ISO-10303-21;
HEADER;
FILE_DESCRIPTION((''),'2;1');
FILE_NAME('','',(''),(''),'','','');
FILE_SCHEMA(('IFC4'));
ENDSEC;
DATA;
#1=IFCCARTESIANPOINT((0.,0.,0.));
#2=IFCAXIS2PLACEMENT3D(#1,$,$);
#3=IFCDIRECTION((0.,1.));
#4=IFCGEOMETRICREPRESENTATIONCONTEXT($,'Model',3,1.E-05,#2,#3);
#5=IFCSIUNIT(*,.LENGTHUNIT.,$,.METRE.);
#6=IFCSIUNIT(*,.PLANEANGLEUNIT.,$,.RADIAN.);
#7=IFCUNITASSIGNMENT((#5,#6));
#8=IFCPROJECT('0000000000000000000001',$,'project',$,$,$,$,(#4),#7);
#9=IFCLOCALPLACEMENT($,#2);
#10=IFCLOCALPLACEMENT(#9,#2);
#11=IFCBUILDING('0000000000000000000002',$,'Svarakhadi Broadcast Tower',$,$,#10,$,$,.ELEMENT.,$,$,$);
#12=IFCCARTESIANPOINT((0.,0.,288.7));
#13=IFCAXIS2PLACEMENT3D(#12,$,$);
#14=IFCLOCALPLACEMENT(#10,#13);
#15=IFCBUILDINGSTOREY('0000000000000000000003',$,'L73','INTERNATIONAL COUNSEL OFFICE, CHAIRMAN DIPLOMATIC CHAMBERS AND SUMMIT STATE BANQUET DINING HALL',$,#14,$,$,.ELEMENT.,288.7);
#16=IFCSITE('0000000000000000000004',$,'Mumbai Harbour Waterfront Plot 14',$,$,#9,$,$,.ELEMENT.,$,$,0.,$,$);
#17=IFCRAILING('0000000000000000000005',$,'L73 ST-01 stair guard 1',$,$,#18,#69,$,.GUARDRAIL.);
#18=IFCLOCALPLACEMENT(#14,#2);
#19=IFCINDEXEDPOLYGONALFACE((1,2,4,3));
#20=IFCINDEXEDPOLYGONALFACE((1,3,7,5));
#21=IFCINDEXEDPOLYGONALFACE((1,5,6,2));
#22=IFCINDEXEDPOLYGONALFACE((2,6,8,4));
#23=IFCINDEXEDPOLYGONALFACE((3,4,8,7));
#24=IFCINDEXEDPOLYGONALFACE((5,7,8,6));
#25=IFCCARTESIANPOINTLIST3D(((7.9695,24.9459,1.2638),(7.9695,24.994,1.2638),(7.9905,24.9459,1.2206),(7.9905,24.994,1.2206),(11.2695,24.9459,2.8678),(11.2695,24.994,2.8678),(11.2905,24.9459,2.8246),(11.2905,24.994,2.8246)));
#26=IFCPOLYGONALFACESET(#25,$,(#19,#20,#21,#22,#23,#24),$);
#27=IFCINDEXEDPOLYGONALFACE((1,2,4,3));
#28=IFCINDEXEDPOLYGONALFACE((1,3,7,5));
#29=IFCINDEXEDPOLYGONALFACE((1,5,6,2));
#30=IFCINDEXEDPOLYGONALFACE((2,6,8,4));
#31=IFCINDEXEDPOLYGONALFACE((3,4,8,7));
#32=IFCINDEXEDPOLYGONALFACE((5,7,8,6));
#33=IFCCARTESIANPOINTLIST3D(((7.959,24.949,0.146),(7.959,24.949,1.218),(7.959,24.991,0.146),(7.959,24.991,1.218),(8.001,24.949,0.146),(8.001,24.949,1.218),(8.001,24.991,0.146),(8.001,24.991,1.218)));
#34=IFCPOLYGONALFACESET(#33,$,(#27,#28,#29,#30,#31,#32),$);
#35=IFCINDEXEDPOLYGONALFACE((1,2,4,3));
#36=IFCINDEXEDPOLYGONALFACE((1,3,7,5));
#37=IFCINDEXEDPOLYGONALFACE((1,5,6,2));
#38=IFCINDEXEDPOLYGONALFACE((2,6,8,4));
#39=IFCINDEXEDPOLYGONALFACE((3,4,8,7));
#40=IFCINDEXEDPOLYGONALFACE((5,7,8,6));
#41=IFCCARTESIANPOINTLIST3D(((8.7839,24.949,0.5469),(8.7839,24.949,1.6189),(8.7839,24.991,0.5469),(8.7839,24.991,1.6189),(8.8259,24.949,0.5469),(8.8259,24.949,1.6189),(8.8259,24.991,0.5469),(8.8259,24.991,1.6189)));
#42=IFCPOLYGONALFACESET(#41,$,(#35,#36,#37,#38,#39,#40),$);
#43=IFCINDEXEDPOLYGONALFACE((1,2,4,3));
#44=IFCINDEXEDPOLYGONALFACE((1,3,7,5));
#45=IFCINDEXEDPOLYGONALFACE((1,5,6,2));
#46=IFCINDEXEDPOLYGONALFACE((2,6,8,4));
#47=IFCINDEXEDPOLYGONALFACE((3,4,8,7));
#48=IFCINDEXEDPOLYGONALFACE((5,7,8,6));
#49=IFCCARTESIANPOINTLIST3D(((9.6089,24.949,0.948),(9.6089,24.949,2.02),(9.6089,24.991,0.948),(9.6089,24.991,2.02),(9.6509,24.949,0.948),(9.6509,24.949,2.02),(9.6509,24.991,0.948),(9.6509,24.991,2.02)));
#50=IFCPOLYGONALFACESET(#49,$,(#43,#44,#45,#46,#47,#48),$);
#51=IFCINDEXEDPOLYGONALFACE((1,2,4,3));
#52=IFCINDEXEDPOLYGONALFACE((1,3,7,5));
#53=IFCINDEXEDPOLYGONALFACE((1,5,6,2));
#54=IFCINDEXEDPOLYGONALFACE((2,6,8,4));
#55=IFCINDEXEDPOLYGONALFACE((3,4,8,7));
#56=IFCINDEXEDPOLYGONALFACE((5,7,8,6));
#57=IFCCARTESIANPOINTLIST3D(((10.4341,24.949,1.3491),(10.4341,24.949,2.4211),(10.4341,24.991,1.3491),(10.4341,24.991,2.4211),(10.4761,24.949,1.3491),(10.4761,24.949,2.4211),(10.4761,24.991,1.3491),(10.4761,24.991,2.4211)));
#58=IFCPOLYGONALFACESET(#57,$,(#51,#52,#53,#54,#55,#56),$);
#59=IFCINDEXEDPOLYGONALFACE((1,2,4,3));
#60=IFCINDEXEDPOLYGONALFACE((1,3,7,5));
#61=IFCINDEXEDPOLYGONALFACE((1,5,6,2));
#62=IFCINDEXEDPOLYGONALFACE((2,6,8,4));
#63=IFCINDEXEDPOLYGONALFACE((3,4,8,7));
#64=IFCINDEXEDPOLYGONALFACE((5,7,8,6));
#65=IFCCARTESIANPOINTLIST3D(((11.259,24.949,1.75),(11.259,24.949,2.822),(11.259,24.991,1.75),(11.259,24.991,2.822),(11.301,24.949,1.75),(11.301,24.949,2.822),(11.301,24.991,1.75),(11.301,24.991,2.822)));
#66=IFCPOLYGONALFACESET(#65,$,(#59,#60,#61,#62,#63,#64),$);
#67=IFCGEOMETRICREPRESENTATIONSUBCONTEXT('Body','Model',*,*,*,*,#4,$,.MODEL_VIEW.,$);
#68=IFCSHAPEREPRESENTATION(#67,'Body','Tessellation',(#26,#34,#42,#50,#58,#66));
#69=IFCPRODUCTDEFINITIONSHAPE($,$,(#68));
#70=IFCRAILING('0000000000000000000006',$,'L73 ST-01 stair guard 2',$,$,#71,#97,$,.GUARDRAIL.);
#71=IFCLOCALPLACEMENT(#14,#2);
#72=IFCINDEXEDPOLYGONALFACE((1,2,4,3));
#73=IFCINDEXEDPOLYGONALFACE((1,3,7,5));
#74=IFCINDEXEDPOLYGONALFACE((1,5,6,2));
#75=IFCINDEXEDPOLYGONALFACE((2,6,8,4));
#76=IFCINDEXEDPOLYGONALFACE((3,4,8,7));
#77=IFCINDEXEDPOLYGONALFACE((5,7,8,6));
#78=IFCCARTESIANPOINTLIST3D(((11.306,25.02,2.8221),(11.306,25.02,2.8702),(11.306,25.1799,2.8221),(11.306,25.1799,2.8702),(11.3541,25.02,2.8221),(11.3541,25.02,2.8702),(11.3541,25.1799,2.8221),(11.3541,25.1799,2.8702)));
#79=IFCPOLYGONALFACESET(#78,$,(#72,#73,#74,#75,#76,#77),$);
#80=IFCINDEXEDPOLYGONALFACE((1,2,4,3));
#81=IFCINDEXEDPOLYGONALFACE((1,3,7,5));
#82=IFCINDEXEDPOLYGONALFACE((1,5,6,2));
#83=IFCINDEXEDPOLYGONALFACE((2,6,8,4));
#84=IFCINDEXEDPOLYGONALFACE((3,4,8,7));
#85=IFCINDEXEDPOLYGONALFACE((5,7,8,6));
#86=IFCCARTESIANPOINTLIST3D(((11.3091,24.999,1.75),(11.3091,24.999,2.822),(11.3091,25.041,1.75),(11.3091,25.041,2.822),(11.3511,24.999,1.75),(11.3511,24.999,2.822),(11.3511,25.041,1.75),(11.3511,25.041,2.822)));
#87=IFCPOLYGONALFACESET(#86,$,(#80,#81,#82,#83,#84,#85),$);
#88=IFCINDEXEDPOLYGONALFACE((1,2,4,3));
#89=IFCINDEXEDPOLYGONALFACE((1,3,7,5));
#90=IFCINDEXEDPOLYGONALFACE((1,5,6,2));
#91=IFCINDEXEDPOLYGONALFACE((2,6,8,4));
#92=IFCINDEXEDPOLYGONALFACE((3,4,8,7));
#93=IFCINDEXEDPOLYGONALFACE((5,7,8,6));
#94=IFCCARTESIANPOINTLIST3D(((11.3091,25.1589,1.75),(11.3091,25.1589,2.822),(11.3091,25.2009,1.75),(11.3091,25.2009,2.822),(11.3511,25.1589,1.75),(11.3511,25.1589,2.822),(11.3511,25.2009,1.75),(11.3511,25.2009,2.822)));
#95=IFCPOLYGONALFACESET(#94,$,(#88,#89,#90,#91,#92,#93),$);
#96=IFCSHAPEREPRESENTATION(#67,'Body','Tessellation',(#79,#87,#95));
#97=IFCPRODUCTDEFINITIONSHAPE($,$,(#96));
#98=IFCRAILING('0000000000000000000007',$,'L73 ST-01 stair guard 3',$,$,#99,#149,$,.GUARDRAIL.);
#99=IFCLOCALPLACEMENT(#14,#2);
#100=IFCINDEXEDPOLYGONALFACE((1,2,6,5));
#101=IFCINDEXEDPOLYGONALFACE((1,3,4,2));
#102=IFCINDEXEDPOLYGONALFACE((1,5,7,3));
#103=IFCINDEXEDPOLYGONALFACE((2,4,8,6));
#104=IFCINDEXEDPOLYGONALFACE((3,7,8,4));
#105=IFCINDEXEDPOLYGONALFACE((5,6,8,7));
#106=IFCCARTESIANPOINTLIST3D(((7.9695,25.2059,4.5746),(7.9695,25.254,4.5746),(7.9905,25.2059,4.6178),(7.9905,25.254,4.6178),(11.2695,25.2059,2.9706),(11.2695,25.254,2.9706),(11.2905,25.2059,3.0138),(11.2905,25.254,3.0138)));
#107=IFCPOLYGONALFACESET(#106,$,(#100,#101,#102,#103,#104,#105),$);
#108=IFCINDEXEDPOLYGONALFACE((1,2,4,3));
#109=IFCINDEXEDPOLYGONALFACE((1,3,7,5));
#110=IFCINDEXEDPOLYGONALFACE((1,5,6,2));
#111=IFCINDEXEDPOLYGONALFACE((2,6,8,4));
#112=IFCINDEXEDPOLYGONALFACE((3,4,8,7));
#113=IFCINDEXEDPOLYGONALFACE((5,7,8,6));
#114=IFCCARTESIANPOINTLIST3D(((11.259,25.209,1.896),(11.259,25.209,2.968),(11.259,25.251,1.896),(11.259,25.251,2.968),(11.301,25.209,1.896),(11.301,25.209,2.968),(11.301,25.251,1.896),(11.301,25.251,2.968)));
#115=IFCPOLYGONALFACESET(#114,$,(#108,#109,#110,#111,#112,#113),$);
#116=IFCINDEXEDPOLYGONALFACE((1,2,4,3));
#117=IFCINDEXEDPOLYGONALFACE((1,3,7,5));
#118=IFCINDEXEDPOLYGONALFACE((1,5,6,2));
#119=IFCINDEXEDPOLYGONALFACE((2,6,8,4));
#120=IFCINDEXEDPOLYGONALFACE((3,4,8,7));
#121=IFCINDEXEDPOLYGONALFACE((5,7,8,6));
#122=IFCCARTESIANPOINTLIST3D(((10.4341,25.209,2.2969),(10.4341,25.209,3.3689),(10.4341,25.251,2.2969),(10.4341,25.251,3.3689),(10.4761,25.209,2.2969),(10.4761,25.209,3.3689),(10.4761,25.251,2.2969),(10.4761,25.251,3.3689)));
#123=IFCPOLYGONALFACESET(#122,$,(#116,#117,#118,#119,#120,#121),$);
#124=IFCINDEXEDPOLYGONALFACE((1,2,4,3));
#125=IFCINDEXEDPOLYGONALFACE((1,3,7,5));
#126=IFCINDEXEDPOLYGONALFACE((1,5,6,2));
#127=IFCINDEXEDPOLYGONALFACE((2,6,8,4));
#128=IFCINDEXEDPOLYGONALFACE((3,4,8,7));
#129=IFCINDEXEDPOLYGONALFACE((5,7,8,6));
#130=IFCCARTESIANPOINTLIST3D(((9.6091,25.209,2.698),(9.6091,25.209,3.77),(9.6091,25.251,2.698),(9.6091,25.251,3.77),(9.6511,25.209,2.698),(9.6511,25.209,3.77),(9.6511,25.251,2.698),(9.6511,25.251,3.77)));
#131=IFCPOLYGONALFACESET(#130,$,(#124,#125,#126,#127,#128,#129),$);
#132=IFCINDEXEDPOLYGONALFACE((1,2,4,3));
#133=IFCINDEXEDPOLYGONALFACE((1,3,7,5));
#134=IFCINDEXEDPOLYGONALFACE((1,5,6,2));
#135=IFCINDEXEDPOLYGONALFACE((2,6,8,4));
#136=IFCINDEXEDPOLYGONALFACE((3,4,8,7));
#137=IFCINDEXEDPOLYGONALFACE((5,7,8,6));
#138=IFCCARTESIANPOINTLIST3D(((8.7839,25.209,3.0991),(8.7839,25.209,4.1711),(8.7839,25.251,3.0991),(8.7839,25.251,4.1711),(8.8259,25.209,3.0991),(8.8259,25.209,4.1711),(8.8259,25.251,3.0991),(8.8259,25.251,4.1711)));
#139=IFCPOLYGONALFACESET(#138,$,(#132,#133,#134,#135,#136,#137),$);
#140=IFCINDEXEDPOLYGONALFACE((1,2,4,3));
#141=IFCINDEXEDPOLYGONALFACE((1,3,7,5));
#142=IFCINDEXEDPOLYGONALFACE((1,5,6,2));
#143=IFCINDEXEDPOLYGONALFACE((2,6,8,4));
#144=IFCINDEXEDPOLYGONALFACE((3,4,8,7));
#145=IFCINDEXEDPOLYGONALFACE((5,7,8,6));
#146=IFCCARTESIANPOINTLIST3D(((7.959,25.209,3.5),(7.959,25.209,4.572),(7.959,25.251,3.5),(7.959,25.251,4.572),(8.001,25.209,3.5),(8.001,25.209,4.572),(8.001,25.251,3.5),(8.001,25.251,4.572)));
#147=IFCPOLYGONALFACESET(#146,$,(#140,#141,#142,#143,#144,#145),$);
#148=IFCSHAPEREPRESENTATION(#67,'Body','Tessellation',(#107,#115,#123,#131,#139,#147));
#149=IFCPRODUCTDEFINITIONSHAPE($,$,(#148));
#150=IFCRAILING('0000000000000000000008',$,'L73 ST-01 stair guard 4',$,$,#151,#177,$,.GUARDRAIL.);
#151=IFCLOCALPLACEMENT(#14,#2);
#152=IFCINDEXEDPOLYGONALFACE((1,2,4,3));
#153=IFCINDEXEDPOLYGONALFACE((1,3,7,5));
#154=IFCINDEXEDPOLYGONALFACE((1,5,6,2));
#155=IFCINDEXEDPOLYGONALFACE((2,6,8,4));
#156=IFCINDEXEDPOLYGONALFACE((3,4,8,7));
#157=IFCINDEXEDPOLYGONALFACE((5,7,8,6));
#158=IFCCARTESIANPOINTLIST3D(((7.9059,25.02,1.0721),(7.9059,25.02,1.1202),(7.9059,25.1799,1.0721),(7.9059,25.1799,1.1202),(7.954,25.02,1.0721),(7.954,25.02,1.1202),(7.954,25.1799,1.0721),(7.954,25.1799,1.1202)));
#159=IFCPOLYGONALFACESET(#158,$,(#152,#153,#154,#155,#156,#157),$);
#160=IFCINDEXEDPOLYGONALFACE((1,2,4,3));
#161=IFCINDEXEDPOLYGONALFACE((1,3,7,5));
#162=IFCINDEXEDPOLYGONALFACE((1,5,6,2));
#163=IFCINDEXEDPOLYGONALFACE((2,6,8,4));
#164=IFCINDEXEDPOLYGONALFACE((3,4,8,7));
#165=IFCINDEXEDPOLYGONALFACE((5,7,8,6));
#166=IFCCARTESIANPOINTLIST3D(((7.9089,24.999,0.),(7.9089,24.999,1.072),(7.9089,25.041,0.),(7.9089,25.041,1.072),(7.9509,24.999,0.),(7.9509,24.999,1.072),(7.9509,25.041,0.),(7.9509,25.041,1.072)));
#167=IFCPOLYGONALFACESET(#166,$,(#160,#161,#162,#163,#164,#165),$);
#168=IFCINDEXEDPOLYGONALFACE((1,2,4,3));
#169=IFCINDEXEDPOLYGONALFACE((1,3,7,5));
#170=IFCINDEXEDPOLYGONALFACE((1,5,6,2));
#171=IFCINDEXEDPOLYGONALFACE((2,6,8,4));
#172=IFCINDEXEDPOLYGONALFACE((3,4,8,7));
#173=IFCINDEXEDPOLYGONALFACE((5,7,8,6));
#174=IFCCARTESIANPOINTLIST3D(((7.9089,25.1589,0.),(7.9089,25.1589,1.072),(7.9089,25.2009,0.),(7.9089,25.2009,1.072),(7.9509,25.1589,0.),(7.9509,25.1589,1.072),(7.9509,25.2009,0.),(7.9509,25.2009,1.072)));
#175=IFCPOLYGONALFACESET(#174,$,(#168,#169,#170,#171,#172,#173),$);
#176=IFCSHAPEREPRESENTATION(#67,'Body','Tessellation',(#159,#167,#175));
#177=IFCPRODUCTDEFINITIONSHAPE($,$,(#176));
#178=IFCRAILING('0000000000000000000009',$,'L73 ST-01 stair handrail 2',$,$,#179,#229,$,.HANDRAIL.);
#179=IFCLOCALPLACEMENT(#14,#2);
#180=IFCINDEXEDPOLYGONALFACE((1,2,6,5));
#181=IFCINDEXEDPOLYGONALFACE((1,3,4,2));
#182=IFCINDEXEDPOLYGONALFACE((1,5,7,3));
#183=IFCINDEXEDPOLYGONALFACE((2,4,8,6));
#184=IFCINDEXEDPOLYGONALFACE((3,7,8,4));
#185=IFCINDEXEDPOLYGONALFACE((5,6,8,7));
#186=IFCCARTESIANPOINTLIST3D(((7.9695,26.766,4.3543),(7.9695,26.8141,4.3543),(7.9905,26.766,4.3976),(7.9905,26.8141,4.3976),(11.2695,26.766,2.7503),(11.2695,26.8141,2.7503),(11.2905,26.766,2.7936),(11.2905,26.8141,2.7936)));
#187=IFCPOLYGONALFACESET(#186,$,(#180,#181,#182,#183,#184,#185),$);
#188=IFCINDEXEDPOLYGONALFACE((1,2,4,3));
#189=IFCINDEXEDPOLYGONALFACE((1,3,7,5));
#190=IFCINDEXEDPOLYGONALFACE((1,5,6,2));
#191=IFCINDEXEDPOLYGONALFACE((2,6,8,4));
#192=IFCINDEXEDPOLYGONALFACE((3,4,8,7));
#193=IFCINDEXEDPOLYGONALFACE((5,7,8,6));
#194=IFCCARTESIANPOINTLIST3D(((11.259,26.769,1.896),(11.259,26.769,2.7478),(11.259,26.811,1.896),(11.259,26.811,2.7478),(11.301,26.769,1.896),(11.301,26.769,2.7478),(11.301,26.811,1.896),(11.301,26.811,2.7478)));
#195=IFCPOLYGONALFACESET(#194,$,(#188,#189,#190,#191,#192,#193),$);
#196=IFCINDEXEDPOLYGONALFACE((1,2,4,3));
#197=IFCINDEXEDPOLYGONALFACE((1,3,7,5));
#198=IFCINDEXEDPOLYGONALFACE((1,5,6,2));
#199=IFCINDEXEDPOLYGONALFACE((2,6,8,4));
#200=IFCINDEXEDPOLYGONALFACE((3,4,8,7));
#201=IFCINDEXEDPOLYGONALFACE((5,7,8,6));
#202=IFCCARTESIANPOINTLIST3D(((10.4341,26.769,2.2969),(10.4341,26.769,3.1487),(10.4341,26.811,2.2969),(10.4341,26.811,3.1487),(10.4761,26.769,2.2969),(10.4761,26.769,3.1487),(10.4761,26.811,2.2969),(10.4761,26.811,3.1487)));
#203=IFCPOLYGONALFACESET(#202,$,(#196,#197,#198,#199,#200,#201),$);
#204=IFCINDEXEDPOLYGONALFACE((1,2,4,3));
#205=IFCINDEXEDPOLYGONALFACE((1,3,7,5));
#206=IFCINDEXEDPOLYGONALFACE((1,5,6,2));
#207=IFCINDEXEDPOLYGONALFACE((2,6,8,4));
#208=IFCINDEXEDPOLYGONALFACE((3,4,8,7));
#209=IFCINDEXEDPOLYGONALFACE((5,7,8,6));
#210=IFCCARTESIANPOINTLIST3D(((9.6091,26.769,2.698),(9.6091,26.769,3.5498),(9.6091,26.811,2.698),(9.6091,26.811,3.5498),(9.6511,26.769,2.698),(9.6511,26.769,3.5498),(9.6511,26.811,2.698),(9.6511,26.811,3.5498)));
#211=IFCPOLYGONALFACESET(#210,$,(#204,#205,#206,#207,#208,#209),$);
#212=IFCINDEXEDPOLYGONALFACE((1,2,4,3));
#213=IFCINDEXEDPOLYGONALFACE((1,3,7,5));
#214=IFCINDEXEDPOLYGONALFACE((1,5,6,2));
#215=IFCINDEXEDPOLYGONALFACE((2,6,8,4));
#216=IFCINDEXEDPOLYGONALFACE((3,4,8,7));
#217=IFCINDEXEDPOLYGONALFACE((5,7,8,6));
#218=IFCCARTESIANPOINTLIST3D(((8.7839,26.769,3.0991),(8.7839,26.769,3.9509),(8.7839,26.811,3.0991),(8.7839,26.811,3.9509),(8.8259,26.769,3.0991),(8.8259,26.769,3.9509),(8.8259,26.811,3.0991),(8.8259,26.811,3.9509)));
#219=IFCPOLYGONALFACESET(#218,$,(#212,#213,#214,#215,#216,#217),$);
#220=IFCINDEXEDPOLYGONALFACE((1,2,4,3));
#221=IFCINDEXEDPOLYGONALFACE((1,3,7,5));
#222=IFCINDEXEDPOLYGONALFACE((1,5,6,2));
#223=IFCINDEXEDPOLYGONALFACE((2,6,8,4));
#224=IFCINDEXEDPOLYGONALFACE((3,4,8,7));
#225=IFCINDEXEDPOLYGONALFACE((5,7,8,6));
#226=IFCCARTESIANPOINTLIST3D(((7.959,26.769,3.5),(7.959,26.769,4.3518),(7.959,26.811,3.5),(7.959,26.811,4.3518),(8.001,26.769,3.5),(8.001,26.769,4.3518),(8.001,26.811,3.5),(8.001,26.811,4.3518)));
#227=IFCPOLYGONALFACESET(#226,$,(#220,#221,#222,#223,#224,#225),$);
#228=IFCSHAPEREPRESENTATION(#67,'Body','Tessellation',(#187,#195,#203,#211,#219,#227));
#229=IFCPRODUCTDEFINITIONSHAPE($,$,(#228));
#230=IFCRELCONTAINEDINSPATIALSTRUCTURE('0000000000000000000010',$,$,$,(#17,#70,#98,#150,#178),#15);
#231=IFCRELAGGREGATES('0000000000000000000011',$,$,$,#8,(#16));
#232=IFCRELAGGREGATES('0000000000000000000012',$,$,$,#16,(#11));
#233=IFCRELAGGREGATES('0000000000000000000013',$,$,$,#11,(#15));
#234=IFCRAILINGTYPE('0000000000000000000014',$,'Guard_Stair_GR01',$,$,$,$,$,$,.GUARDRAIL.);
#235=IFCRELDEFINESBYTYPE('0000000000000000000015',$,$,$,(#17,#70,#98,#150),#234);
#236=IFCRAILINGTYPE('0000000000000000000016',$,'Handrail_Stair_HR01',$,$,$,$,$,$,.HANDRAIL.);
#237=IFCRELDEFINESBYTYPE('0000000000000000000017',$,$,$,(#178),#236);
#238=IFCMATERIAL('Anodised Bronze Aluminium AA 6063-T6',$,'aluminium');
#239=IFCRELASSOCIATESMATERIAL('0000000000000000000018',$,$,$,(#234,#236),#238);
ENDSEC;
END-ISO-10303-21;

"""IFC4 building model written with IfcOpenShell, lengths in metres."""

from ifc_helpers import new_model, si_unit, direction, frame, origin, origin_2d, place, context, subcontext, project, spatial, rectangle, extrude, material, type_object, element, save


model = new_model("IFC4")

# Units and contexts
model_context = context("Model", 3, precision=1e-05, world=origin(), true_north=direction((0.0, 1.0)))
body_context = subcontext(model_context, "Body", "Model", "MODEL_VIEW")
ifc_project = project(units=[si_unit("LENGTHUNIT", "METRE"), si_unit("PLANEANGLEUNIT", "RADIAN")], contexts=[model_context])

# Site, building, storey
site_placement = place(None, origin())
site = spatial("IfcSite", under=ifc_project, at=site_placement, Name="Mumbai Harbour Waterfront Plot 14", CompositionType="ELEMENT", RefElevation=0.0)
building_placement = place(site_placement, origin())
building = spatial("IfcBuilding", under=site, at=building_placement, Name="Svarakhadi Broadcast Tower", CompositionType="ELEMENT")
storey_placement = place(building_placement, frame((0.0, 0.0, 288.7)))
storey = spatial("IfcBuildingStorey", under=building, at=storey_placement, Name="L73", Description="INTERNATIONAL COUNSEL OFFICE, CHAIRMAN DIPLOMATIC CHAMBERS AND SUMMIT STATE BANQUET DINING HALL", CompositionType="ELEMENT", Elevation=288.7)

# Shared definitions
ifc_material_1 = material(Name="Anodised Bronze Aluminium AA 6063-T6", Category="aluminium")

# Railings
railing_type_1 = type_object("IfcRailingType", Name="Guard_Stair_GR01", PredefinedType="GUARDRAIL", material=ifc_material_1)
railing_1_placement = place(storey_placement, frame((7.98, 24.97, 0.146)))
element("IfcRailing", 1, at=railing_1_placement, inside=storey, type_object=railing_type_1, Name="L73 ST-01 stair guard 1", PredefinedType="GUARDRAIL", context=body_context, shape_type="SweptSolid", body=[
    extrude(rectangle(XDim=0.0481, YDim=0.0481, at=origin_2d()), frame((0.0, 0.0, 1.0962), z_axis=(0.899388, 0.0, 0.437152), x_axis=(0.0, 1.0, 0.0)), (0.0, 0.0, 1.0), 3.6692),
    extrude(rectangle(XDim=0.042, YDim=0.042, at=origin_2d()), origin(), (0.0, 0.0, 1.0), 1.072),
    extrude(rectangle(XDim=0.042, YDim=0.042, at=origin_2d()), frame((0.825, 0.0, 0.4009)), (0.0, 0.0, 1.0), 1.072),
    extrude(rectangle(XDim=0.042, YDim=0.042, at=origin_2d()), frame((1.6499, 0.0, 0.802)), (0.0, 0.0, 1.0), 1.072),
    extrude(rectangle(XDim=0.042, YDim=0.042, at=origin_2d()), frame((2.4751, 0.0, 1.2031)), (0.0, 0.0, 1.0), 1.072),
    extrude(rectangle(XDim=0.042, YDim=0.042, at=origin_2d()), frame((3.3, 0.0, 1.604)), (0.0, 0.0, 1.0), 1.072),
])
railing_2_placement = place(storey_placement, frame((11.3301, 25.02, 1.75)))
element("IfcRailing", 2, at=railing_2_placement, inside=storey, type_object=railing_type_1, Name="L73 ST-01 stair guard 2", PredefinedType="GUARDRAIL", context=body_context, shape_type="SweptSolid", body=[
    extrude(rectangle(XDim=0.0481, YDim=0.0481, at=origin_2d()), frame((0.0, 0.0, 1.0962), z_axis=(0.0, 1.0, 0.0), x_axis=(-1.0, 0.0, 0.0)), (0.0, 0.0, 1.0), 0.1599),
    extrude(rectangle(XDim=0.042, YDim=0.042, at=origin_2d()), origin(), (0.0, 0.0, 1.0), 1.072),
    extrude(rectangle(XDim=0.042, YDim=0.042, at=origin_2d()), frame((0.0, 0.1599, 0.0)), (0.0, 0.0, 1.0), 1.072),
])
railing_3_placement = place(storey_placement, frame((11.28, 25.23, 1.896)))
element("IfcRailing", 3, at=railing_3_placement, inside=storey, type_object=railing_type_1, Name="L73 ST-01 stair guard 3", PredefinedType="GUARDRAIL", context=body_context, shape_type="SweptSolid", body=[
    extrude(rectangle(XDim=0.0481, YDim=0.0481, at=origin_2d()), frame((0.0, 0.0, 1.0962), z_axis=(-0.899388, 0.0, 0.437152), x_axis=(0.0, -1.0, 0.0)), (0.0, 0.0, 1.0), 3.6692),
    extrude(rectangle(XDim=0.042, YDim=0.042, at=origin_2d()), origin(), (0.0, 0.0, 1.0), 1.072),
    extrude(rectangle(XDim=0.042, YDim=0.042, at=origin_2d()), frame((-0.825, 0.0, 0.4009)), (0.0, 0.0, 1.0), 1.072),
    extrude(rectangle(XDim=0.042, YDim=0.042, at=origin_2d()), frame((-1.6499, 0.0, 0.802)), (0.0, 0.0, 1.0), 1.072),
    extrude(rectangle(XDim=0.042, YDim=0.042, at=origin_2d()), frame((-2.4751, 0.0, 1.2031)), (0.0, 0.0, 1.0), 1.072),
    extrude(rectangle(XDim=0.042, YDim=0.042, at=origin_2d()), frame((-3.3, 0.0, 1.604)), (0.0, 0.0, 1.0), 1.072),
])
railing_4_placement = place(storey_placement, frame((7.9299, 25.02, 0.0)))
element("IfcRailing", 4, at=railing_4_placement, inside=storey, type_object=railing_type_1, Name="L73 ST-01 stair guard 4", PredefinedType="GUARDRAIL", context=body_context, shape_type="SweptSolid", body=[
    extrude(rectangle(XDim=0.0481, YDim=0.0481, at=origin_2d()), frame((0.0, 0.0, 1.0962), z_axis=(0.0, 1.0, 0.0), x_axis=(-1.0, 0.0, 0.0)), (0.0, 0.0, 1.0), 0.1599),
    extrude(rectangle(XDim=0.042, YDim=0.042, at=origin_2d()), origin(), (0.0, 0.0, 1.0), 1.072),
    extrude(rectangle(XDim=0.042, YDim=0.042, at=origin_2d()), frame((0.0, 0.1599, 0.0)), (0.0, 0.0, 1.0), 1.072),
])
railing_type_2 = type_object("IfcRailingType", Name="Handrail_Stair_HR01", PredefinedType="HANDRAIL", material=ifc_material_1)
railing_5_placement = place(storey_placement, frame((11.28, 26.79, 1.896)))
element("IfcRailing", 5, at=railing_5_placement, inside=storey, type_object=railing_type_2, Name="L73 ST-01 stair handrail 2", PredefinedType="HANDRAIL", context=body_context, shape_type="SweptSolid", body=[
    extrude(rectangle(XDim=0.0481, YDim=0.0481, at=origin_2d()), frame((0.0, 0.0, 0.876), z_axis=(-0.899388, 0.0, 0.437152), x_axis=(0.0, -1.0, 0.0)), (0.0, 0.0, 1.0), 3.6692),
    extrude(rectangle(XDim=0.042, YDim=0.042, at=origin_2d()), origin(), (0.0, 0.0, 1.0), 0.8518),
    extrude(rectangle(XDim=0.042, YDim=0.042, at=origin_2d()), frame((-0.825, 0.0, 0.4009)), (0.0, 0.0, 1.0), 0.8518),
    extrude(rectangle(XDim=0.042, YDim=0.042, at=origin_2d()), frame((-1.6499, 0.0, 0.802)), (0.0, 0.0, 1.0), 0.8518),
    extrude(rectangle(XDim=0.042, YDim=0.042, at=origin_2d()), frame((-2.4751, 0.0, 1.2031)), (0.0, 0.0, 1.0), 0.8518),
    extrude(rectangle(XDim=0.042, YDim=0.042, at=origin_2d()), frame((-3.3, 0.0, 1.604)), (0.0, 0.0, 1.0), 0.8518),
])

save(model, "model.ifc")
